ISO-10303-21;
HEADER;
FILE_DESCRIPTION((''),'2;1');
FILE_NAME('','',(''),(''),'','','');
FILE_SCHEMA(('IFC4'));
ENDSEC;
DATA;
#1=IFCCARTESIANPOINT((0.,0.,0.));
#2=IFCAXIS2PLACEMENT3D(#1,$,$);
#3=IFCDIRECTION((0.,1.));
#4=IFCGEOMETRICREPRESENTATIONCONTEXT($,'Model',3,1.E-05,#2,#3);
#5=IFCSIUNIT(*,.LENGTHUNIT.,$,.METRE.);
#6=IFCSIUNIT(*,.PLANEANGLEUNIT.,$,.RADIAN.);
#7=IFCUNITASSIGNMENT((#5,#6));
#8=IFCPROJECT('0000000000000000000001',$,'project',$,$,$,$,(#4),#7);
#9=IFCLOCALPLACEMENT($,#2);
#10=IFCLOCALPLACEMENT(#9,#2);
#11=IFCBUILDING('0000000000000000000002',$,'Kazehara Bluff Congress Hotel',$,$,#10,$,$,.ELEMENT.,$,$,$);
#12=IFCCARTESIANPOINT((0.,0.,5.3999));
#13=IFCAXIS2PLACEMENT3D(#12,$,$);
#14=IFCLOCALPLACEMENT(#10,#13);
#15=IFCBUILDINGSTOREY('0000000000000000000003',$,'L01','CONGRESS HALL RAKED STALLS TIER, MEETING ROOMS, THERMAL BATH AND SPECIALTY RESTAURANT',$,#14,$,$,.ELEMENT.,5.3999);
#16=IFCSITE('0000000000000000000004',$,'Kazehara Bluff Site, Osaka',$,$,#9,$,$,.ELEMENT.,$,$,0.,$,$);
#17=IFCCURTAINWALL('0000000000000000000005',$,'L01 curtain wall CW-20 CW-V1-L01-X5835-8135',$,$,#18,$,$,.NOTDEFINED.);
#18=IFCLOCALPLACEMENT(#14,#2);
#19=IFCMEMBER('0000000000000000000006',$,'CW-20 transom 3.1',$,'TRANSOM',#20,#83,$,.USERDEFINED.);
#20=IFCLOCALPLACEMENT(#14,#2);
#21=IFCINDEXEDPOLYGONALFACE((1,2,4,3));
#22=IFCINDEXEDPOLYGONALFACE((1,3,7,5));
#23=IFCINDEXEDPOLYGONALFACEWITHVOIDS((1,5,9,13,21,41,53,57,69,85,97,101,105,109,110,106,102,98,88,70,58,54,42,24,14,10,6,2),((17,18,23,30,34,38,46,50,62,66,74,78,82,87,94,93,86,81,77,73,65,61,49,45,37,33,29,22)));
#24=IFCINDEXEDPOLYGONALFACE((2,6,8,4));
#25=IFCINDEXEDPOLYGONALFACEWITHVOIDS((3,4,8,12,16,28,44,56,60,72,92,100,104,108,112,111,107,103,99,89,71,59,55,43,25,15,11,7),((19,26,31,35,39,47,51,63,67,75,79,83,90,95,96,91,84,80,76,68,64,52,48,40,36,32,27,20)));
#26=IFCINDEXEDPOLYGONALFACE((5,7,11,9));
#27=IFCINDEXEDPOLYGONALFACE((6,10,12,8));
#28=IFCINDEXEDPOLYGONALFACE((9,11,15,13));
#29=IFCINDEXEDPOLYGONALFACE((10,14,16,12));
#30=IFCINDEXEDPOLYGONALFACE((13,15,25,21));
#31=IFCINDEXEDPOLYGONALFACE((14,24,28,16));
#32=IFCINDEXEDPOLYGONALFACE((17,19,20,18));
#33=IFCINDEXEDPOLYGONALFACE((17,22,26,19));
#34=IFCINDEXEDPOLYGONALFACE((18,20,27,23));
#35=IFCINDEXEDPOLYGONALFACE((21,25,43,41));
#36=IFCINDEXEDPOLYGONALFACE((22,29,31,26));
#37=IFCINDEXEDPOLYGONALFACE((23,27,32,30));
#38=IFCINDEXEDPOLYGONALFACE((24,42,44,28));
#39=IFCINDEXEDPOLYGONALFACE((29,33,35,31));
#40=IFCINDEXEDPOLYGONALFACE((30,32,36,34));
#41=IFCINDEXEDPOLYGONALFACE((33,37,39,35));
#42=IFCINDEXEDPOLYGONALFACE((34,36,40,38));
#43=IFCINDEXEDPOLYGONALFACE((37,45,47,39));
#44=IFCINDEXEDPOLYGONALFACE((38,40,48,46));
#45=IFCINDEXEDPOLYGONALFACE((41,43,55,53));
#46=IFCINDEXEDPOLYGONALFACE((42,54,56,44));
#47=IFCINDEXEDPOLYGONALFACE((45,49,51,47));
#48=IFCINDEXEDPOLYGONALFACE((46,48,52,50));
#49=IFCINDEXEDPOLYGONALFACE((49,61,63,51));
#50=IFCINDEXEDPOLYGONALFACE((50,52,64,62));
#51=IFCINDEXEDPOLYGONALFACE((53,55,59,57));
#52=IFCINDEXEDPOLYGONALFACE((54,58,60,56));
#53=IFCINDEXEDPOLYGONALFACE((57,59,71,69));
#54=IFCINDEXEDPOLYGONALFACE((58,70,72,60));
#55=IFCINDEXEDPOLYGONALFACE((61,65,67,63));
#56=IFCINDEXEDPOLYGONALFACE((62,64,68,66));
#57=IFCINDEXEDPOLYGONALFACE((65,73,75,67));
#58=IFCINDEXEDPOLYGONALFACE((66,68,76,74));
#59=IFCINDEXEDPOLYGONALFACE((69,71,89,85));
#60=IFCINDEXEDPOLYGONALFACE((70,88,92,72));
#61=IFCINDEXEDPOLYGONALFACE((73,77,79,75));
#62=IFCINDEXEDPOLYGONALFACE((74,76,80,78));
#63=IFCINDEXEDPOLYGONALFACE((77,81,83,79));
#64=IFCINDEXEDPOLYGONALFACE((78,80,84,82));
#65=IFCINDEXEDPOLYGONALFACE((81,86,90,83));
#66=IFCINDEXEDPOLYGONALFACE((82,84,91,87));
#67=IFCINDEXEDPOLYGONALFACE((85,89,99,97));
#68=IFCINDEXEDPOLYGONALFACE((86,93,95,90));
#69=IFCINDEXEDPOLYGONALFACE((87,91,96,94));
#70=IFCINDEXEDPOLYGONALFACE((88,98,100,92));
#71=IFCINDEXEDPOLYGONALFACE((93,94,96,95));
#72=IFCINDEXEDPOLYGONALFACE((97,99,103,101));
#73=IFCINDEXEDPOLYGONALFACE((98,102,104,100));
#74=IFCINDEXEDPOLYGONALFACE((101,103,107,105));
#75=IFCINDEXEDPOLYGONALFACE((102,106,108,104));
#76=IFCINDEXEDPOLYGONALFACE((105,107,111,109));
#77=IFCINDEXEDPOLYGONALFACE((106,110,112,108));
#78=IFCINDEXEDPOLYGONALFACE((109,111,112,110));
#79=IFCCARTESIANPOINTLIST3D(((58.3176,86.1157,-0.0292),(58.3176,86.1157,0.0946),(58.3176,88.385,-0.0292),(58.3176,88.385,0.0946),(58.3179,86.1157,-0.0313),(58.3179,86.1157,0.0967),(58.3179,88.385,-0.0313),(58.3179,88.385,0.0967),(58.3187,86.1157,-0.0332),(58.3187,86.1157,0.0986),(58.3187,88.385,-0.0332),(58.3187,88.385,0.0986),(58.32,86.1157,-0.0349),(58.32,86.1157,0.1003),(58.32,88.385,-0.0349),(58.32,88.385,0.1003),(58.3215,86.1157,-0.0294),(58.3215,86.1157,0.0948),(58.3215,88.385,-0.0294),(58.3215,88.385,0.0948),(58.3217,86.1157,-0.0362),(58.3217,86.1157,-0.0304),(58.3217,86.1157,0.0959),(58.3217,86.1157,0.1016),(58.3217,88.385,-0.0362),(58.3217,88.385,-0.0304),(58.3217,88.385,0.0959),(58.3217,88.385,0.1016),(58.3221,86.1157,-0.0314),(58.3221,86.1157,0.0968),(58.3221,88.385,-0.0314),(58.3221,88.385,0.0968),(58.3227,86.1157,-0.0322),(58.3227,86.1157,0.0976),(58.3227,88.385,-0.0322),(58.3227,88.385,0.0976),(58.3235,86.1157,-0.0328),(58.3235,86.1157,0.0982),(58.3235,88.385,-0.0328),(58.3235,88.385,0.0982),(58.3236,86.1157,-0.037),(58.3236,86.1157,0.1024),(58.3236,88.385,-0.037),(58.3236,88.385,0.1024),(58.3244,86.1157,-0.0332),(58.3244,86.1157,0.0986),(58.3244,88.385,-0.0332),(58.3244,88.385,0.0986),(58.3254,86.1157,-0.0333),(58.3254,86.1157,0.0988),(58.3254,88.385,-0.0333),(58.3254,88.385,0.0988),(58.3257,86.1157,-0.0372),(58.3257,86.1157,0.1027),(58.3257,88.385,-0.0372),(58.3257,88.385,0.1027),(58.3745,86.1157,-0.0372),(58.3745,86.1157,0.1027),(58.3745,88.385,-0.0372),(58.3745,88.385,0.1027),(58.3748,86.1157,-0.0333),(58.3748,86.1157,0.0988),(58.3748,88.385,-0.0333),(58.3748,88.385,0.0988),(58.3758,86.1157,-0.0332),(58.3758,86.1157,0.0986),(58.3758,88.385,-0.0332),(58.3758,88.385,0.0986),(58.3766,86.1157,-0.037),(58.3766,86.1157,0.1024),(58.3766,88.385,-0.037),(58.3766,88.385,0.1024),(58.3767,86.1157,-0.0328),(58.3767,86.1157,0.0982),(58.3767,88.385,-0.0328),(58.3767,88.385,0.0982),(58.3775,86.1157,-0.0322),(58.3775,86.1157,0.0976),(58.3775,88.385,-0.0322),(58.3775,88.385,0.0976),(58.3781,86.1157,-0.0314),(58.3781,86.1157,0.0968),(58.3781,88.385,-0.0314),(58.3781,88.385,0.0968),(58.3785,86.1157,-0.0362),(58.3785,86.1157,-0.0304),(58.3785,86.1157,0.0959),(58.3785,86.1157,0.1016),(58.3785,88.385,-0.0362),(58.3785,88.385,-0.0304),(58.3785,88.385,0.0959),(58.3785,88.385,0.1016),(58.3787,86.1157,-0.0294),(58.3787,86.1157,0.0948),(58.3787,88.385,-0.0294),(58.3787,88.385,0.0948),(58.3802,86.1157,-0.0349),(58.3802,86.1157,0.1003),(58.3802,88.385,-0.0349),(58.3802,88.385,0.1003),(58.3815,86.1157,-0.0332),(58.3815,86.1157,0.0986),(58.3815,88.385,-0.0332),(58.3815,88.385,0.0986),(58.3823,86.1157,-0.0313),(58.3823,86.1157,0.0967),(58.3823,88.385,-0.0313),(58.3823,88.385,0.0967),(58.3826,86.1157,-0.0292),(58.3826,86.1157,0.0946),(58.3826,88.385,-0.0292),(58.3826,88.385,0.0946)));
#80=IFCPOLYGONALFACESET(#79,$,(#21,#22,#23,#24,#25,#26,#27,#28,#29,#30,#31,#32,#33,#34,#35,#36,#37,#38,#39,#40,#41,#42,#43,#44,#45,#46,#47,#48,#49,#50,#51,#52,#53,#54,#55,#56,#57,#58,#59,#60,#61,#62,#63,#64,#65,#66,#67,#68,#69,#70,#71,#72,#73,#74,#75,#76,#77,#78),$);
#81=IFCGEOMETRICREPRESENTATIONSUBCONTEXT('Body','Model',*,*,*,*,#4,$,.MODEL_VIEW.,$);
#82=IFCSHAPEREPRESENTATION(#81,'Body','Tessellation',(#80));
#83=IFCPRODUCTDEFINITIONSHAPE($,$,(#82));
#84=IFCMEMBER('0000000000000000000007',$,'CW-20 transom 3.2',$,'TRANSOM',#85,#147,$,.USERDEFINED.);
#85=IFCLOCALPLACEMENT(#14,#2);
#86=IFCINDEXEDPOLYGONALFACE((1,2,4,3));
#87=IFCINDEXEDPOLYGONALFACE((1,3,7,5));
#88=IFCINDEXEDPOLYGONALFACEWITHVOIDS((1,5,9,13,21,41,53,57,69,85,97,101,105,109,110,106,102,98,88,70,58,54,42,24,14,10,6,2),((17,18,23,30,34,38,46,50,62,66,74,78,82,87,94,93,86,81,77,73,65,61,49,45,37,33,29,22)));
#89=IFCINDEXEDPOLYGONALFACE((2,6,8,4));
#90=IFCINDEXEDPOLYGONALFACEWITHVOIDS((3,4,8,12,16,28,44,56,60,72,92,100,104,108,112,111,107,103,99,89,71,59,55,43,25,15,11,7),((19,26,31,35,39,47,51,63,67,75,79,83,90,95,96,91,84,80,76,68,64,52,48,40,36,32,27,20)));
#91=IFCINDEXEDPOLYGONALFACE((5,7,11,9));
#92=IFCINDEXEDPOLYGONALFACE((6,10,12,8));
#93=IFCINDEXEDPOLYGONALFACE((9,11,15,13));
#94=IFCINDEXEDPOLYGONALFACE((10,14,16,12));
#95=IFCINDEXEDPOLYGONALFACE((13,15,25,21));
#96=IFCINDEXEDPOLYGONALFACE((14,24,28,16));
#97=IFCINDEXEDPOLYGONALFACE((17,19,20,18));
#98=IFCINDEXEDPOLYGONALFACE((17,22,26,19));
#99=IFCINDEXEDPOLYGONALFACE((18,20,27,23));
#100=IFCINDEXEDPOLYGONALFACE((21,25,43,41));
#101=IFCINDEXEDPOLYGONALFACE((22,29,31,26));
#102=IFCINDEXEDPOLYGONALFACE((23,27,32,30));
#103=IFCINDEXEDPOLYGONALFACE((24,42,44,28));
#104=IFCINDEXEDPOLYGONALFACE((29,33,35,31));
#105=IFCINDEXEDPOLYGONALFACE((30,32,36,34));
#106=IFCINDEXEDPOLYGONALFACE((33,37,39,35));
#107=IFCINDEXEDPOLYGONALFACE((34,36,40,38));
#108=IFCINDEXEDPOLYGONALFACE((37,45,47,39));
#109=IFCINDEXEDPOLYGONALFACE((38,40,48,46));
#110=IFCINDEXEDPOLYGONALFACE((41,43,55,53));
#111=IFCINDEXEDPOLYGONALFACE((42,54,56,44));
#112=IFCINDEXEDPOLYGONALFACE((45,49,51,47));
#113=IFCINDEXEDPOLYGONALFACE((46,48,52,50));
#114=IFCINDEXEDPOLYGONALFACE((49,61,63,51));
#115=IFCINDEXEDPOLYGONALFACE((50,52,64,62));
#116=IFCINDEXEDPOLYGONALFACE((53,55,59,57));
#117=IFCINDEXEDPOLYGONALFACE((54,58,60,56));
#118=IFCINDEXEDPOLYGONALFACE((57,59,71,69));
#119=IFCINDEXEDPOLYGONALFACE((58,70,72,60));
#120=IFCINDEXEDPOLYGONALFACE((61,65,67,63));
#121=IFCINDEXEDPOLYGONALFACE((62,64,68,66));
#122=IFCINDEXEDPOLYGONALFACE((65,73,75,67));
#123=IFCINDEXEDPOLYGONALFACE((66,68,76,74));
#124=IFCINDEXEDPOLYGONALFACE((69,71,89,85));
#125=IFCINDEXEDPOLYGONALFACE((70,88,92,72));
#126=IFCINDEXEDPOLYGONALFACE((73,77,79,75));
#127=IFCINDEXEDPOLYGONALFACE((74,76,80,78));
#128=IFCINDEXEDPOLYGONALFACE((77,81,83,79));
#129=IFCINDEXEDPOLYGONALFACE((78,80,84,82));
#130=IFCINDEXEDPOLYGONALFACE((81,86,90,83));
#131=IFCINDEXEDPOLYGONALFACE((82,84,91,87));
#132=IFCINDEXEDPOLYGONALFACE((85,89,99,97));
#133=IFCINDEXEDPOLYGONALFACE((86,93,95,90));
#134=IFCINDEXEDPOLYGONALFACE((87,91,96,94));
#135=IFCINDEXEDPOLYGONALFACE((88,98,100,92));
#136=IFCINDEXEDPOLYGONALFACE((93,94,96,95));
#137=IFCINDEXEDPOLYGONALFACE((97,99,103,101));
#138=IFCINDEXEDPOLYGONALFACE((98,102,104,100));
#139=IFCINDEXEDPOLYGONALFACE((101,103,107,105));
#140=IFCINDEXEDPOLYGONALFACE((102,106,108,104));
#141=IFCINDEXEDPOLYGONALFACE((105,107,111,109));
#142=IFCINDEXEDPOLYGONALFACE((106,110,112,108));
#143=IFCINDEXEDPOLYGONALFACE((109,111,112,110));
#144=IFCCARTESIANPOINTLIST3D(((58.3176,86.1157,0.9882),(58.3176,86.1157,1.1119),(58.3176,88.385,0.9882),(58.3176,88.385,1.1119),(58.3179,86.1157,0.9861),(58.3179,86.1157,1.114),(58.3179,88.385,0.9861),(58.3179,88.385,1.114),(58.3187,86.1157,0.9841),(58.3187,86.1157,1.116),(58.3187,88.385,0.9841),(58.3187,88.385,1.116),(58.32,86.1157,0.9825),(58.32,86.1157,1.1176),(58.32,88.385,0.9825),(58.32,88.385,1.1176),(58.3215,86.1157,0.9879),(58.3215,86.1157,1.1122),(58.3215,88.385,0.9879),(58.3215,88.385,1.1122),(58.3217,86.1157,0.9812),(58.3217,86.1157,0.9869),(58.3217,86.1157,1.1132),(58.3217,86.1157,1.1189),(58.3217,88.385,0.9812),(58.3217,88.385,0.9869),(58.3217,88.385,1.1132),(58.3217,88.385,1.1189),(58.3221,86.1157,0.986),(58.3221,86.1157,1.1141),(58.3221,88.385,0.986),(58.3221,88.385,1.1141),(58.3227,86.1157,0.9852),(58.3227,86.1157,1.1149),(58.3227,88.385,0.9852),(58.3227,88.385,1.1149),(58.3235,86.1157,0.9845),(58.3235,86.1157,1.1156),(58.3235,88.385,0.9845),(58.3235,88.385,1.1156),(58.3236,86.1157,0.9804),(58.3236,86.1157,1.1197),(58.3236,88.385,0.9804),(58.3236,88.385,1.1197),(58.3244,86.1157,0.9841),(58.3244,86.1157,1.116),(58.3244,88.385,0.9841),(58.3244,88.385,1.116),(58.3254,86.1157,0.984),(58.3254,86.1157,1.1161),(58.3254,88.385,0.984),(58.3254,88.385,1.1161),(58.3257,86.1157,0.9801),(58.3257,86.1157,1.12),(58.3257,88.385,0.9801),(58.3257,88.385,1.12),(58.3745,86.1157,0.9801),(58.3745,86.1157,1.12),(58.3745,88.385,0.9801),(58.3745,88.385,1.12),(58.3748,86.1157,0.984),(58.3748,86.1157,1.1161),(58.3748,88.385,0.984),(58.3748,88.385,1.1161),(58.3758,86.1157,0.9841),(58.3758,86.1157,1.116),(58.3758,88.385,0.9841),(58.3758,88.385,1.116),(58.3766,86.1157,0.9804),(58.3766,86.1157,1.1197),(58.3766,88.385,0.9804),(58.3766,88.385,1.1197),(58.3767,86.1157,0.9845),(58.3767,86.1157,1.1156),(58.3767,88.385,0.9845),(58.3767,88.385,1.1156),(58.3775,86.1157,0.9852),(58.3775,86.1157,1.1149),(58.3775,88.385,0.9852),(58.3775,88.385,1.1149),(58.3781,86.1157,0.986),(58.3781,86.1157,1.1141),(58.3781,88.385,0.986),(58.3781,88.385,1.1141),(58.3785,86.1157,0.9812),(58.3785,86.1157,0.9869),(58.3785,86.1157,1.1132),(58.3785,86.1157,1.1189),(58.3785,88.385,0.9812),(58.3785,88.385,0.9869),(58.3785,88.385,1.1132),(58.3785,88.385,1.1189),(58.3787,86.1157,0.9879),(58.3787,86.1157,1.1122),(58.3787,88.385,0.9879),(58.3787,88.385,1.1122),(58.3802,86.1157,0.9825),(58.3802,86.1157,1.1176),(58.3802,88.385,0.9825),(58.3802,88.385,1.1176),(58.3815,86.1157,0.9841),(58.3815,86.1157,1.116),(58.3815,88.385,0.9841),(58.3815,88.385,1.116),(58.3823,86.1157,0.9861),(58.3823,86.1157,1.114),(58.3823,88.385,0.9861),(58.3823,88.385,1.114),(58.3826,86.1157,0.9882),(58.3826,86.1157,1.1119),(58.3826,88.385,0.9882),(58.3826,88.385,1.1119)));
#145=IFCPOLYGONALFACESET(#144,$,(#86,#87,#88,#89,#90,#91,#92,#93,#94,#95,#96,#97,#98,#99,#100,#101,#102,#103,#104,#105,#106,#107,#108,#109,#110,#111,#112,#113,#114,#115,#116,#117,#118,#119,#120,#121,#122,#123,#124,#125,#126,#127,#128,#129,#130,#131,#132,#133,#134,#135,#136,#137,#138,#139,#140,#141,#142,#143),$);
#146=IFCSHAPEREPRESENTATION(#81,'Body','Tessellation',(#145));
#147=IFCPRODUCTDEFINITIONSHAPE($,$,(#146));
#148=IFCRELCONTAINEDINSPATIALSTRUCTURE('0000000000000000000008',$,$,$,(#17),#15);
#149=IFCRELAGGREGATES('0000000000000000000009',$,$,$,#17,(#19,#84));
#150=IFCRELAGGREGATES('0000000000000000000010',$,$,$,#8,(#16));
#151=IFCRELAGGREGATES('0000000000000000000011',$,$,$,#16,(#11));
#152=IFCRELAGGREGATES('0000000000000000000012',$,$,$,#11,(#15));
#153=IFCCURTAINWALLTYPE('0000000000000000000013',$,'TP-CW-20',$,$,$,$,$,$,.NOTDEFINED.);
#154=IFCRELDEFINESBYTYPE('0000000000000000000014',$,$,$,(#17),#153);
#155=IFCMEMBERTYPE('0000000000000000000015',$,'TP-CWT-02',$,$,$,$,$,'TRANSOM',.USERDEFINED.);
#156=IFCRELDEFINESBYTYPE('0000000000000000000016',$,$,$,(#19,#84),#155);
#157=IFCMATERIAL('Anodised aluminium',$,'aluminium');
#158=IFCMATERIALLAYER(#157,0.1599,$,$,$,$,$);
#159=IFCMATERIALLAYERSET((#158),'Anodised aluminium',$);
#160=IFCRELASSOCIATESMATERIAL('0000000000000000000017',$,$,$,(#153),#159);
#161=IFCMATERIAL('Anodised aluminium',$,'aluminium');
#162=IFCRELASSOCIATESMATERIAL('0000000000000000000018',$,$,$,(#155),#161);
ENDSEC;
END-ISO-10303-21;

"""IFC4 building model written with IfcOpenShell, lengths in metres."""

from ifc_helpers import new_model, si_unit, direction, frame, origin, origin_2d, place, context, subcontext, project, spatial, hollow_rectangle, extrude, material, layer, layer_set, material_profile, profile_set, type_object, element, aggregate, save


model = new_model("IFC4")

# Units and contexts
model_context = context("Model", 3, precision=1e-05, world=origin(), true_north=direction((0.0, 1.0)))
body_context = subcontext(model_context, "Body", "Model", "MODEL_VIEW")
ifc_project = project(units=[si_unit("LENGTHUNIT", "METRE"), si_unit("PLANEANGLEUNIT", "RADIAN")], contexts=[model_context])

# Site, building, storey
site_placement = place(None, origin())
site = spatial("IfcSite", under=ifc_project, at=site_placement, Name="Kazehara Bluff Site, Osaka", CompositionType="ELEMENT", RefElevation=0.0)
building_placement = place(site_placement, origin())
building = spatial("IfcBuilding", under=site, at=building_placement, Name="Kazehara Bluff Congress Hotel", CompositionType="ELEMENT")
storey_placement = place(building_placement, frame((0.0, 0.0, 5.3999)))
storey = spatial("IfcBuildingStorey", under=building, at=storey_placement, Name="L01", Description="CONGRESS HALL RAKED STALLS TIER, MEETING ROOMS, THERMAL BATH AND SPECIALTY RESTAURANT", CompositionType="ELEMENT", Elevation=5.3999)

# Curtain wall
ifc_material_1 = material(Name="Anodised aluminium", Category="aluminium")
ifc_layer_1 = layer(ifc_material_1, 0.1599)
ifc_layer_set_1 = layer_set([ifc_layer_1], Name="Anodised aluminium")
curtain_wall_type_1 = type_object("IfcCurtainWallType", Name="TP-CW-20", PredefinedType="NOTDEFINED", material=ifc_layer_set_1)
curtain_wall_1_placement = place(storey_placement, origin())
curtain_wall_1 = element("IfcCurtainWall", 1, at=curtain_wall_1_placement, inside=storey, type_object=curtain_wall_type_1, Name="L01 curtain wall CW-20 CW-V1-L01-X5835-8135", PredefinedType="NOTDEFINED")

# Members
ifc_material_2 = material(Name="Anodised aluminium", Category="aluminium")
ifc_material_profile_1 = material_profile(ifc_material_2, hollow_rectangle(XDim=0.0649, YDim=0.1399, WallThickness=0.0039, InnerFilletRadius=0.0039, OuterFilletRadius=0.0081, at=origin_2d()))
ifc_profile_set_1 = profile_set([ifc_material_profile_1], Name="Anodised aluminium")
member_type_1 = type_object("IfcMemberType", Name="TP-CWT-02", ElementType="TRANSOM", PredefinedType="USERDEFINED", material=ifc_profile_set_1)
member_1_placement = place(storey_placement, frame((58.3501, 86.1157, 0.0327), z_axis=(0.0, 1.0, 0.0), x_axis=(-1.0, 0.0, 0.0)))
member_1 = element("IfcMember", 2, at=member_1_placement, type_object=member_type_1, Name="CW-20 transom 3.1", ObjectType="TRANSOM", PredefinedType="USERDEFINED", context=body_context, shape_type="SweptSolid", body=[
    extrude(hollow_rectangle(XDim=0.0649, YDim=0.1399, WallThickness=0.0039, InnerFilletRadius=0.0039, OuterFilletRadius=0.0081, at=origin_2d()), origin(), (0.0, 0.0, 1.0), 2.2693),
])
member_2_placement = place(storey_placement, frame((58.3501, 86.1157, 1.05), z_axis=(0.0, 1.0, 0.0), x_axis=(-1.0, 0.0, 0.0)))
member_2 = element("IfcMember", 3, at=member_2_placement, type_object=member_type_1, Name="CW-20 transom 3.2", ObjectType="TRANSOM", PredefinedType="USERDEFINED", context=body_context, shape_type="SweptSolid", body=[
    extrude(hollow_rectangle(XDim=0.0649, YDim=0.1399, WallThickness=0.0039, InnerFilletRadius=0.0039, OuterFilletRadius=0.0081, at=origin_2d()), origin(), (0.0, 0.0, 1.0), 2.2693),
])

aggregate(curtain_wall_1, [member_1, member_2])

save(model, "model.ifc")
